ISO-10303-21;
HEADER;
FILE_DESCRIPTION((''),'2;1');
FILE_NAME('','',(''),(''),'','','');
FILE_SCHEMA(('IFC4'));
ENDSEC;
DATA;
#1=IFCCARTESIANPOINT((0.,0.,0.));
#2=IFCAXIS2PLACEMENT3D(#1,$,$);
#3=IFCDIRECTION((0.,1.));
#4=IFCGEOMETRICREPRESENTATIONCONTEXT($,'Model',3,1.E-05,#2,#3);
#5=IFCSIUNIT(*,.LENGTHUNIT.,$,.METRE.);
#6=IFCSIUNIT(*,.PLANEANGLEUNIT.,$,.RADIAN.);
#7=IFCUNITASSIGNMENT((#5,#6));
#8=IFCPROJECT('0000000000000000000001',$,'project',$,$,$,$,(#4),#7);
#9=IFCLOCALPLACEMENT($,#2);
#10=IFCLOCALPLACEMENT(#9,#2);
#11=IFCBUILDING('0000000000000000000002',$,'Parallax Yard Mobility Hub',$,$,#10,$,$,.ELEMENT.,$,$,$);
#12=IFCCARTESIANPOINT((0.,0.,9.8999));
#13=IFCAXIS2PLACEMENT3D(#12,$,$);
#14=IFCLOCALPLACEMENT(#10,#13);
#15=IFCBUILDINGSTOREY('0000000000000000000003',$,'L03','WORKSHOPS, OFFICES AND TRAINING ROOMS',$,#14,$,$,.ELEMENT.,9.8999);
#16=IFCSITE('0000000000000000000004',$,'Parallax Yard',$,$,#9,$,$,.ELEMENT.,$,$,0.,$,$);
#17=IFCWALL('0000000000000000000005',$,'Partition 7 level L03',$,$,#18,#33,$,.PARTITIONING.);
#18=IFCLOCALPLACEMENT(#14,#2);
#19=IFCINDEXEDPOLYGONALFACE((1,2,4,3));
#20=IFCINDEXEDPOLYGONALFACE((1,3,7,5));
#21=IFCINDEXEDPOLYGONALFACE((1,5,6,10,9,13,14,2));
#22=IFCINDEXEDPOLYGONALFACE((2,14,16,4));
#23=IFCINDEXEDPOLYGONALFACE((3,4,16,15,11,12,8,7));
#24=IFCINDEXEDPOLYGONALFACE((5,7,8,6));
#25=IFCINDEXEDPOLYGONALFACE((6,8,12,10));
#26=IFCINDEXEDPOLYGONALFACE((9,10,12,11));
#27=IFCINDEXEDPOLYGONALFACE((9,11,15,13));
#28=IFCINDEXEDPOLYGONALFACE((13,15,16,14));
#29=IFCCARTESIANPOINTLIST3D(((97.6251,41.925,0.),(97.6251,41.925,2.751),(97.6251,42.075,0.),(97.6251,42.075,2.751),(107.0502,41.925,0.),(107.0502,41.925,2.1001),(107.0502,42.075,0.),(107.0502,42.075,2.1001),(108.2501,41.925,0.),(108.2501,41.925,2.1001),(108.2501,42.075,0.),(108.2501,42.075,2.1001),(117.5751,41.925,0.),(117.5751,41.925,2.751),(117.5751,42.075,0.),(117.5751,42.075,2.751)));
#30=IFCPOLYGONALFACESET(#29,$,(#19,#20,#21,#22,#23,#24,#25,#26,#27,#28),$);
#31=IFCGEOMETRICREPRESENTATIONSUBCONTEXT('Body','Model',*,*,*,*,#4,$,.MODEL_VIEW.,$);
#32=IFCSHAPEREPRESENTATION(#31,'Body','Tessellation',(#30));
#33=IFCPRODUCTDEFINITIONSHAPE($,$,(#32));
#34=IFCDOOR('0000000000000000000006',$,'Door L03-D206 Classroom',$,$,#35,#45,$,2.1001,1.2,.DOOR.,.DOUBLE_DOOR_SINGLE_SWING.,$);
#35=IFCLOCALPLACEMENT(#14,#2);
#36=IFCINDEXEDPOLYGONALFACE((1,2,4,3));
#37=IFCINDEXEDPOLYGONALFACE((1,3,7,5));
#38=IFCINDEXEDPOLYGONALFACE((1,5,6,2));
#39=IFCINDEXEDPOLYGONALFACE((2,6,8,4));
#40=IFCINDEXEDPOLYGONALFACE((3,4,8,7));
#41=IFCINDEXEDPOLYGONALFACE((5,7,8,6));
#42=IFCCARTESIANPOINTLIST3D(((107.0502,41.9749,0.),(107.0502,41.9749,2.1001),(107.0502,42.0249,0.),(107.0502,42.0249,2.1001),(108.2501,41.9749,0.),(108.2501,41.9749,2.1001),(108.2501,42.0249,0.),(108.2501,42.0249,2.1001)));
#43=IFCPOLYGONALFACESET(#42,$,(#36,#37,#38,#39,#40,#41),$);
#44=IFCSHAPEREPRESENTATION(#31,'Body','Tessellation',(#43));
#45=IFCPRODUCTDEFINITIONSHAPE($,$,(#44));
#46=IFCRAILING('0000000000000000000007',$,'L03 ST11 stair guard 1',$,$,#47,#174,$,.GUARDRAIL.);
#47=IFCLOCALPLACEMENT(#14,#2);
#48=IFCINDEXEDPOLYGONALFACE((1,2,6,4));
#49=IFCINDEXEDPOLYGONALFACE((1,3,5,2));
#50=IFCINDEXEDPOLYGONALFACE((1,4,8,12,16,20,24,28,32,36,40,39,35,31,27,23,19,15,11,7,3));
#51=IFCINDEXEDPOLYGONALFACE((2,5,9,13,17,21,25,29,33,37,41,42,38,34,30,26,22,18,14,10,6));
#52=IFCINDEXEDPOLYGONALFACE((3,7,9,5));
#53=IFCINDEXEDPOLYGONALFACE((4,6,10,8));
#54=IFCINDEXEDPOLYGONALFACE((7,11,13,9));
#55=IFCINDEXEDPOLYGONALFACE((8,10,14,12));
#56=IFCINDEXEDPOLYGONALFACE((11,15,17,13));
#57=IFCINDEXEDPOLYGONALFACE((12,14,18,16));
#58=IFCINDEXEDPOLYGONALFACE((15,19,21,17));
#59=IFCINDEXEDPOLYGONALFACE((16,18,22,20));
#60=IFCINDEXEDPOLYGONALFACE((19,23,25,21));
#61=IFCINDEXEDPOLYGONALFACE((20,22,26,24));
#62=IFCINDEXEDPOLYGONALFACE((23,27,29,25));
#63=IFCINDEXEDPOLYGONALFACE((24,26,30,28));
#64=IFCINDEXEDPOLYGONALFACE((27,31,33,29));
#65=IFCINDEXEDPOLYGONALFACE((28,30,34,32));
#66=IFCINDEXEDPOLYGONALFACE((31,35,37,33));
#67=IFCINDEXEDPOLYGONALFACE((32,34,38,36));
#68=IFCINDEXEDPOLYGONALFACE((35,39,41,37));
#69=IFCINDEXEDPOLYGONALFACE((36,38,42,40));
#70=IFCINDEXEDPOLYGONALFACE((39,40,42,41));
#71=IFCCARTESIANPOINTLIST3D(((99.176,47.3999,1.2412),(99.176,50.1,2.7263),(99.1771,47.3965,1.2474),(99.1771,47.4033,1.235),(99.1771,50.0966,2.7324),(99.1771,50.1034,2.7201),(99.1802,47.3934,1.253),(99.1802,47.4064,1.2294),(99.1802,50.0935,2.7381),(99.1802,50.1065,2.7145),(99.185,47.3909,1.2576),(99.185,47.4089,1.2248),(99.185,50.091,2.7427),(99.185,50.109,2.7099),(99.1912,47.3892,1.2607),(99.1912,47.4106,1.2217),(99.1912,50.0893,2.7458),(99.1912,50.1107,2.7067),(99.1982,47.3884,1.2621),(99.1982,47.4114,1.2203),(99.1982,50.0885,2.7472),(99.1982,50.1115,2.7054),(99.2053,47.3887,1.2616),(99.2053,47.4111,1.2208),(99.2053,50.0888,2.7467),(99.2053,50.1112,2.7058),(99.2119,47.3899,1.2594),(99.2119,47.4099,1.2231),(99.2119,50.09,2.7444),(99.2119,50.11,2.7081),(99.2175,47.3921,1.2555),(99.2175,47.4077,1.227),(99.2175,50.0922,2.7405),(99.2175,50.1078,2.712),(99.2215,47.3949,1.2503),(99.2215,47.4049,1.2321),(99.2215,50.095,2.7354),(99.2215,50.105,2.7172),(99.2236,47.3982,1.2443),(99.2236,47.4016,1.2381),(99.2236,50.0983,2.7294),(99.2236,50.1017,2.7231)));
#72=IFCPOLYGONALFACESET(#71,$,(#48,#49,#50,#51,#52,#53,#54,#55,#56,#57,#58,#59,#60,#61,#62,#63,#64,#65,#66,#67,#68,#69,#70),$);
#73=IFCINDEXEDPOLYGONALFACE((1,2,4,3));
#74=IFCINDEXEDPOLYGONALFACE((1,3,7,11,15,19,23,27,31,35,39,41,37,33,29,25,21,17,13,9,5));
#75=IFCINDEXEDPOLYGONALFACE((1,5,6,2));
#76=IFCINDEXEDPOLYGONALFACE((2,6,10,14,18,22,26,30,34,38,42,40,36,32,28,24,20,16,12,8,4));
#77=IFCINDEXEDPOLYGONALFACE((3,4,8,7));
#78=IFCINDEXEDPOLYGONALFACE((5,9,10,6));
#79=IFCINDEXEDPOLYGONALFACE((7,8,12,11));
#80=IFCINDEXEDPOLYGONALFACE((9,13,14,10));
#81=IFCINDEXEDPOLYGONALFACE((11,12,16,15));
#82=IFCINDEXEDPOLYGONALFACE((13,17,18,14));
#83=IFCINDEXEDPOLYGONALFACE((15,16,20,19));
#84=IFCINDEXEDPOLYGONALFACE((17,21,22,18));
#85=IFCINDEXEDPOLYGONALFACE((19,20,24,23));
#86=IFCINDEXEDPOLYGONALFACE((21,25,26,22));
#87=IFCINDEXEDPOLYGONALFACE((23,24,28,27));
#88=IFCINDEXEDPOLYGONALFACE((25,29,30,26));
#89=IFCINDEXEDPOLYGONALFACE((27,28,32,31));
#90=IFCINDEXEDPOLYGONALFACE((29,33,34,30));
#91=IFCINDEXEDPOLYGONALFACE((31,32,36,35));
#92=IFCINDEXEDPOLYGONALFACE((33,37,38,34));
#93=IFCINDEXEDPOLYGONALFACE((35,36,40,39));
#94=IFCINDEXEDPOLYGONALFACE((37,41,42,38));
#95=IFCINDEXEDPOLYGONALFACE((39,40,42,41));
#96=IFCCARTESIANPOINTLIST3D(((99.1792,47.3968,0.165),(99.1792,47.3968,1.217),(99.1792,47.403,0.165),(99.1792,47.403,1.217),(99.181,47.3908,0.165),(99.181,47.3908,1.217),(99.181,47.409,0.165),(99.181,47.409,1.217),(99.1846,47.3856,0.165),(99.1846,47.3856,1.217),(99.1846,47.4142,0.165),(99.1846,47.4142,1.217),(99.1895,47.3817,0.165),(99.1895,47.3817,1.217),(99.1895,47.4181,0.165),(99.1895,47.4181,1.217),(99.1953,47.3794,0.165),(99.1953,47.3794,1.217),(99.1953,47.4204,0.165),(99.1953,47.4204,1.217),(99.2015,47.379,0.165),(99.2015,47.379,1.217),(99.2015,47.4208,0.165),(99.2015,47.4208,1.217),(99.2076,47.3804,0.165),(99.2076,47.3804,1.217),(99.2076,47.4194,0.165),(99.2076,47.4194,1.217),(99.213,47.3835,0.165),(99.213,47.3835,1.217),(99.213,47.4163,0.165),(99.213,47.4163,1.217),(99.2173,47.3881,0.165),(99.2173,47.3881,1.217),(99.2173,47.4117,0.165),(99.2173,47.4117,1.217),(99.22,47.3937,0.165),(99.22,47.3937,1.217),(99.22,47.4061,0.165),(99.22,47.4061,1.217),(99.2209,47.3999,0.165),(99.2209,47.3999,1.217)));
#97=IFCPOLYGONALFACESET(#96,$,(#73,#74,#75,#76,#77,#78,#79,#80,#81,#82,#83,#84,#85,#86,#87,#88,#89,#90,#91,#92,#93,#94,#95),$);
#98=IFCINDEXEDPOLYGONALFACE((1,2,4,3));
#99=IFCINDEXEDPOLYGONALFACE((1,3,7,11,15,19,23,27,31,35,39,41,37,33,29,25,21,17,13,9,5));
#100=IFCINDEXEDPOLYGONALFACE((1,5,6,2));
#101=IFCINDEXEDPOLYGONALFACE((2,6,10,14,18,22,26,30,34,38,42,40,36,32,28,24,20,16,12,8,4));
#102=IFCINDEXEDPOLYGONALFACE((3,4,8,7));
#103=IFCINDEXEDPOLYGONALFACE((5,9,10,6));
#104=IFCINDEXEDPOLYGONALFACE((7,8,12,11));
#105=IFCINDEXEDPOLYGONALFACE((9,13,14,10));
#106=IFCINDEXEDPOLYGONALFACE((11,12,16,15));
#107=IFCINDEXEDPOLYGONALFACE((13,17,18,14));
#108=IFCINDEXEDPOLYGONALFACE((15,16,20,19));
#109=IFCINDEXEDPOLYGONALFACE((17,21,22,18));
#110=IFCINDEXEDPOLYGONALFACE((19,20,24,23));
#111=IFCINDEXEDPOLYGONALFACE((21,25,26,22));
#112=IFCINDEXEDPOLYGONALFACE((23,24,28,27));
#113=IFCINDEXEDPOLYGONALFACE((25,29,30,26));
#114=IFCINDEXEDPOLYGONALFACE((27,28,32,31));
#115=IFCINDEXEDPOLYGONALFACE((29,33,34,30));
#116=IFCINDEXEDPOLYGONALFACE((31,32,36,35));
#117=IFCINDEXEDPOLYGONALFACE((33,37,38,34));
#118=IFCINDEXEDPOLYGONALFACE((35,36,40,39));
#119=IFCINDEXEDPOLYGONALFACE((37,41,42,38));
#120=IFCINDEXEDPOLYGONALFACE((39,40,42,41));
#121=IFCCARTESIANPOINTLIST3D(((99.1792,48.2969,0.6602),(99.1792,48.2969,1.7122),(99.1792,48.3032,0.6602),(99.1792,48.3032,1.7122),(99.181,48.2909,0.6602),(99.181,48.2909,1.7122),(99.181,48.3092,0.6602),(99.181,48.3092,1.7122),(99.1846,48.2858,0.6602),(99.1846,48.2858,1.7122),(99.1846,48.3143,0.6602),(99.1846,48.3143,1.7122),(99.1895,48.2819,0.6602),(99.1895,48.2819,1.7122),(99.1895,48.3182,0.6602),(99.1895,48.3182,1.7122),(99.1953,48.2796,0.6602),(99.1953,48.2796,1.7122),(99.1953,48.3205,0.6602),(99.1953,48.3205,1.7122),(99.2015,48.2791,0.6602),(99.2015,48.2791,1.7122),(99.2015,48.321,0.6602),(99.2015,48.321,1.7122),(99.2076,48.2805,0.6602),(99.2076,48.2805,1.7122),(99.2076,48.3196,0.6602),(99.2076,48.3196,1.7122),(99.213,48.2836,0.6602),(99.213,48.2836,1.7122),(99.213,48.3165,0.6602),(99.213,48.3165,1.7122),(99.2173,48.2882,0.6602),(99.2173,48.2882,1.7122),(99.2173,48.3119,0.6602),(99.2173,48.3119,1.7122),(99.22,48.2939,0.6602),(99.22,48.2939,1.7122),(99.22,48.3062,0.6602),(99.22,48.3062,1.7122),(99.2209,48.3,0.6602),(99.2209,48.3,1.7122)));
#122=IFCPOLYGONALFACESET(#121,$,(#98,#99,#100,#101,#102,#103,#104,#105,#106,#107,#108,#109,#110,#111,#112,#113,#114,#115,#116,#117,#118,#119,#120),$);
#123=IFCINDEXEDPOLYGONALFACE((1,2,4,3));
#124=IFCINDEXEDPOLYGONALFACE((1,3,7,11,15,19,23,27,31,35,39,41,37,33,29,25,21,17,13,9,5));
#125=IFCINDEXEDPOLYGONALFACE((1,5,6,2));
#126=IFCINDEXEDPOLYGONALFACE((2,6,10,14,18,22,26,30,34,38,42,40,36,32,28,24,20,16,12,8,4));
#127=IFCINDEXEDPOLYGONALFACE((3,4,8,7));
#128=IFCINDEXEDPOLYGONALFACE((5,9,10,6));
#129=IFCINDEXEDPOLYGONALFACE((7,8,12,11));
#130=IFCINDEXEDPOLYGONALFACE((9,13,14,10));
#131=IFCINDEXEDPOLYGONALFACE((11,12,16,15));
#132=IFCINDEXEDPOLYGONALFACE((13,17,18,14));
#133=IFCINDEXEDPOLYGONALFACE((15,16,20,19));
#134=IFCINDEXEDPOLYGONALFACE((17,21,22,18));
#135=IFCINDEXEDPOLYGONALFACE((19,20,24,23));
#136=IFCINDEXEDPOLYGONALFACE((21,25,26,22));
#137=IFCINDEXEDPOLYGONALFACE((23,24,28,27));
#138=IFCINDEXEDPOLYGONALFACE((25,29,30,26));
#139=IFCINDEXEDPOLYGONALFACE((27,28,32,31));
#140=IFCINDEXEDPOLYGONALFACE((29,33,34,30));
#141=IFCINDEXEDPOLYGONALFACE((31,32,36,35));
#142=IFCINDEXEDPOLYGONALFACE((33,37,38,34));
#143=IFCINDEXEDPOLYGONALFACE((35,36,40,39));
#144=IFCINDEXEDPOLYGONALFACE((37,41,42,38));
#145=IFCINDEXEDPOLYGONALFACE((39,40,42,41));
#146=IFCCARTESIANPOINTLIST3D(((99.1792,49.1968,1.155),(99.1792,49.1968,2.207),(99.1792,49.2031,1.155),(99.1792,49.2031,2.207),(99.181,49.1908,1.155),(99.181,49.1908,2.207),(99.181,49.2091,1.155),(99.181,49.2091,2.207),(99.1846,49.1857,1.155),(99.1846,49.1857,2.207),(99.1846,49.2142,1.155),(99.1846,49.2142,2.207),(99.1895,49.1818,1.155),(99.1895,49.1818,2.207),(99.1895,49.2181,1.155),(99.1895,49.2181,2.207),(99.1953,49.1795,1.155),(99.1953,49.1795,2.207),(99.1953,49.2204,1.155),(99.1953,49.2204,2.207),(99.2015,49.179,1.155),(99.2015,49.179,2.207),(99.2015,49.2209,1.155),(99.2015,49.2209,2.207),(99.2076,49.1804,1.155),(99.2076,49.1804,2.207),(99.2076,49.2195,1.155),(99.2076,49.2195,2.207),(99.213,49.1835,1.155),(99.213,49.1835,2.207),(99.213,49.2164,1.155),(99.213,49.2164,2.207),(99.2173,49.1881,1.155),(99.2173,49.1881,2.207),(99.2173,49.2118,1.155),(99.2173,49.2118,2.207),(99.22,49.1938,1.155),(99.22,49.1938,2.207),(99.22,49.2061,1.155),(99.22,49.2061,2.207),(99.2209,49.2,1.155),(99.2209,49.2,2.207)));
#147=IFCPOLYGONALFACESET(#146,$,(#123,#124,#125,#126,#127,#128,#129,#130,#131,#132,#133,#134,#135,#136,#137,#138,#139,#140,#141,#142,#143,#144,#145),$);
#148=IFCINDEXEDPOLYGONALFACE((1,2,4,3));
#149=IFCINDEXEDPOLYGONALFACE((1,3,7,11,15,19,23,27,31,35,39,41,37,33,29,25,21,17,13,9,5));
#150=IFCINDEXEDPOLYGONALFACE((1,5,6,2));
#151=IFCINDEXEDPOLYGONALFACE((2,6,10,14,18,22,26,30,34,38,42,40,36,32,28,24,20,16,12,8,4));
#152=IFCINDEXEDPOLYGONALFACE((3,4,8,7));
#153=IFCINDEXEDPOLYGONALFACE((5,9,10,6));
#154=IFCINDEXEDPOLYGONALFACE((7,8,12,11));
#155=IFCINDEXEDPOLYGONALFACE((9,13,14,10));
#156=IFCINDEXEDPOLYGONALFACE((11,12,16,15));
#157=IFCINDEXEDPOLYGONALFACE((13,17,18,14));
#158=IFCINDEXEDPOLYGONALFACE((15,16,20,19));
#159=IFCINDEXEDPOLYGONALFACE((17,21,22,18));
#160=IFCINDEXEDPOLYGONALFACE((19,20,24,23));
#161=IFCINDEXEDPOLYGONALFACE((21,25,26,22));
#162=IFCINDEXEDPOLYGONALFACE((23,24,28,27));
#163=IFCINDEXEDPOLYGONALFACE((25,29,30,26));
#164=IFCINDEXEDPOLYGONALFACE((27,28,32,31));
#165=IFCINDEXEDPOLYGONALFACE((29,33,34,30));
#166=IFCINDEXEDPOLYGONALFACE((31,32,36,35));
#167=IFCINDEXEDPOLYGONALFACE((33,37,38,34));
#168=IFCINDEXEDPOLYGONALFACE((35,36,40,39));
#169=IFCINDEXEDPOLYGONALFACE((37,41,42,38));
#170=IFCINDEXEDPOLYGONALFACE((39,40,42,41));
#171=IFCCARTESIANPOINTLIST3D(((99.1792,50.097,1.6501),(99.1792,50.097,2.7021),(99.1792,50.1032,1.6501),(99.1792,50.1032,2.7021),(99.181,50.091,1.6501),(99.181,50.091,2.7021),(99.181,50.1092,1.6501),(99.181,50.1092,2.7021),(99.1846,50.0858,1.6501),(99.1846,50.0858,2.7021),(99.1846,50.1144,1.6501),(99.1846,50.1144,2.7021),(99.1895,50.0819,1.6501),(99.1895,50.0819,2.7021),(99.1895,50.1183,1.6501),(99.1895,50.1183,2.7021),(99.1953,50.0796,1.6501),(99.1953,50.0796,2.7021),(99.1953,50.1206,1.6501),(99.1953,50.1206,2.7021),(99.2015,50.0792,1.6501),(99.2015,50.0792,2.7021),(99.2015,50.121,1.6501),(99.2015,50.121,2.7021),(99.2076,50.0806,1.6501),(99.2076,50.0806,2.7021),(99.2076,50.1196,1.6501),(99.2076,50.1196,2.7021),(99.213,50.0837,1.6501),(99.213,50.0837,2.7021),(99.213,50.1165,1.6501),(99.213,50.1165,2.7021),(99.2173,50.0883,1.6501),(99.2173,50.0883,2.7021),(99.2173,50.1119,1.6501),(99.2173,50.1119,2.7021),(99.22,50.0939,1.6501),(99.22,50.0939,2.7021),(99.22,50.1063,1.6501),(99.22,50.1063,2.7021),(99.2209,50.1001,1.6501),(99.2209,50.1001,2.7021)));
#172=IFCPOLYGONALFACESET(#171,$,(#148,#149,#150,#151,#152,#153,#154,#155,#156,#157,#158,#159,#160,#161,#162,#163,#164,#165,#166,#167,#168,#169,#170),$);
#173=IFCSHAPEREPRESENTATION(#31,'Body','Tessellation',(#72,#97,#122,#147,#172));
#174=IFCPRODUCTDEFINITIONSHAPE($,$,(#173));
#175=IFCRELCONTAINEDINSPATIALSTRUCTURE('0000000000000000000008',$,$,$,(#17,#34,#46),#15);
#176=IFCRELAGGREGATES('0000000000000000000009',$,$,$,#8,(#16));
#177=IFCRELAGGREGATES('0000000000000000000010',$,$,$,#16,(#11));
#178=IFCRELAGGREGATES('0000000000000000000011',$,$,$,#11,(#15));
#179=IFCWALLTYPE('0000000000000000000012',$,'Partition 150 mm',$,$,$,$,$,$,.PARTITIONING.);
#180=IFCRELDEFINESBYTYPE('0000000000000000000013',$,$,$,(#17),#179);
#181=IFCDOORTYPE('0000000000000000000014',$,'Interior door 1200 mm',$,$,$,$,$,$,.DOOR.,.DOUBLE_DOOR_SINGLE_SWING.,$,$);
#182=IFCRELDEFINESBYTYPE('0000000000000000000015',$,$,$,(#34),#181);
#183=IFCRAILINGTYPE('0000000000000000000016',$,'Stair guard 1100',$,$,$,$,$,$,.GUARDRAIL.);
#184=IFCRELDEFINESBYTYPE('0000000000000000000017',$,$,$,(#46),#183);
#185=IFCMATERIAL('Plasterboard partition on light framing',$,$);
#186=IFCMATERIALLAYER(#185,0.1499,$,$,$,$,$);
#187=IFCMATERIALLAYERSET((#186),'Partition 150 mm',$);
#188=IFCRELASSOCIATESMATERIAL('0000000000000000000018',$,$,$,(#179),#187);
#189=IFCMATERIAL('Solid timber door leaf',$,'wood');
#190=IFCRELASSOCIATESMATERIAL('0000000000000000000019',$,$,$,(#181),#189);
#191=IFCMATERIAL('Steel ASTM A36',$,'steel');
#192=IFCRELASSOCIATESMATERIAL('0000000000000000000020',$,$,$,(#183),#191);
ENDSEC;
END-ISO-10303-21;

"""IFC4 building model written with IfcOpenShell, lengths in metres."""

from ifc_helpers import new_model, si_unit, direction, frame, frame_2d, origin, origin_2d, place, context, subcontext, project, spatial, rectangle, circle, extrude, material, layer, layer_set, type_object, element, fill, save


model = new_model("IFC4")

# Units and contexts
model_context = context("Model", 3, precision=1e-05, world=origin(), true_north=direction((0.0, 1.0)))
body_context = subcontext(model_context, "Body", "Model", "MODEL_VIEW")
ifc_project = project(units=[si_unit("LENGTHUNIT", "METRE"), si_unit("PLANEANGLEUNIT", "RADIAN")], contexts=[model_context])

# Site, building, storey
site_placement = place(None, origin())
site = spatial("IfcSite", under=ifc_project, at=site_placement, Name="Parallax Yard", CompositionType="ELEMENT", RefElevation=0.0)
building_placement = place(site_placement, origin())
building = spatial("IfcBuilding", under=site, at=building_placement, Name="Parallax Yard Mobility Hub", CompositionType="ELEMENT")
storey_placement = place(building_placement, frame((0.0, 0.0, 9.8999)))
storey = spatial("IfcBuildingStorey", under=building, at=storey_placement, Name="L03", Description="WORKSHOPS, OFFICES AND TRAINING ROOMS", CompositionType="ELEMENT", Elevation=9.8999)

# Wall, opening, door
ifc_material_1 = material(Name="Plasterboard partition on light framing")
ifc_layer_1 = layer(ifc_material_1, 0.1499)
ifc_layer_set_1 = layer_set([ifc_layer_1], Name="Partition 150 mm")
wall_type_1 = type_object("IfcWallType", Name="Partition 150 mm", PredefinedType="PARTITIONING", material=ifc_layer_set_1)
wall_1_placement = place(storey_placement, frame((97.625, 42.0, 0.0), z_axis=(0.0, 0.0, 1.0), x_axis=(1.0, 0.0, 0.0)))
wall_1 = element("IfcWall", 1, at=wall_1_placement, inside=storey, type_object=wall_type_1, Name="Partition 7 level L03", PredefinedType="PARTITIONING", context=body_context, shape_type="SweptSolid", body=[
    extrude(rectangle(XDim=19.95, YDim=0.1499, at=frame_2d((9.9751, 0.0))), origin(), (0.0, 0.0, 1.0), 2.751),
])
opening_1_placement = place(wall_1_placement, frame((9.425, 0.0, 0.0)))
opening_1 = element("IfcOpeningElement", 2, at=opening_1_placement, cuts=wall_1, PredefinedType="OPENING", context=body_context, shape_type="SweptSolid", body=[
    extrude(rectangle(XDim=1.2, YDim=2.1001, at=frame_2d((0.6001, 1.05))), frame((0.0, 0.085, 0.0), z_axis=(0.0, -1.0, 0.0), x_axis=(1.0, 0.0, 0.0)), (0.0, 0.0, 1.0), 0.1699),
])
ifc_material_2 = material(Name="Solid timber door leaf", Category="wood")
door_type_1 = type_object("IfcDoorType", Name="Interior door 1200 mm", OperationType="DOUBLE_DOOR_SINGLE_SWING", PredefinedType="DOOR", material=ifc_material_2)
door_1_placement = place(opening_1_placement, origin())
door_1 = element("IfcDoor", 3, at=door_1_placement, inside=storey, type_object=door_type_1, Name="Door L03-D206 Classroom", OperationType="DOUBLE_DOOR_SINGLE_SWING", OverallHeight=2.1001, OverallWidth=1.2, PredefinedType="DOOR", context=body_context, shape_type="SweptSolid", body=[
    extrude(rectangle(XDim=1.2, YDim=2.1001, at=frame_2d((0.6001, 1.05))), frame((0.0, 0.0249, 0.0), z_axis=(0.0, -1.0, 0.0), x_axis=(1.0, 0.0, 0.0)), (0.0, 0.0, 1.0), 0.05),
])
fill(opening_1, door_1)

# Railing
ifc_material_3 = material(Name="Steel ASTM A36", Category="steel")
railing_type = type_object("IfcRailingType", Name="Stair guard 1100", PredefinedType="GUARDRAIL", material=ifc_material_3)
railing_1_placement = place(storey_placement, frame((99.2, 47.3999, 0.165)))
element("IfcRailing", 4, at=railing_1_placement, inside=storey, type_object=railing_type, Name="L03 ST11 stair guard 1", PredefinedType="GUARDRAIL", context=body_context, shape_type="SweptSolid", body=[
    extrude(circle(Radius=0.0239, at=origin_2d()), frame((0.0, 0.0, 1.0762), z_axis=(0.0, 0.876216, 0.481919), x_axis=(-1.0, 0.0, 0.0)), (0.0, 0.0, 1.0), 3.0815),
    extrude(circle(Radius=0.021, at=origin_2d()), origin(), (0.0, 0.0, 1.0), 1.052),
    extrude(circle(Radius=0.021, at=origin_2d()), frame((0.0, 0.9001, 0.4951)), (0.0, 0.0, 1.0), 1.052),
    extrude(circle(Radius=0.021, at=origin_2d()), frame((0.0, 1.8, 0.99)), (0.0, 0.0, 1.0), 1.052),
    extrude(circle(Radius=0.021, at=origin_2d()), frame((0.0, 2.7002, 1.4851)), (0.0, 0.0, 1.0), 1.052),
])

save(model, "model.ifc")
